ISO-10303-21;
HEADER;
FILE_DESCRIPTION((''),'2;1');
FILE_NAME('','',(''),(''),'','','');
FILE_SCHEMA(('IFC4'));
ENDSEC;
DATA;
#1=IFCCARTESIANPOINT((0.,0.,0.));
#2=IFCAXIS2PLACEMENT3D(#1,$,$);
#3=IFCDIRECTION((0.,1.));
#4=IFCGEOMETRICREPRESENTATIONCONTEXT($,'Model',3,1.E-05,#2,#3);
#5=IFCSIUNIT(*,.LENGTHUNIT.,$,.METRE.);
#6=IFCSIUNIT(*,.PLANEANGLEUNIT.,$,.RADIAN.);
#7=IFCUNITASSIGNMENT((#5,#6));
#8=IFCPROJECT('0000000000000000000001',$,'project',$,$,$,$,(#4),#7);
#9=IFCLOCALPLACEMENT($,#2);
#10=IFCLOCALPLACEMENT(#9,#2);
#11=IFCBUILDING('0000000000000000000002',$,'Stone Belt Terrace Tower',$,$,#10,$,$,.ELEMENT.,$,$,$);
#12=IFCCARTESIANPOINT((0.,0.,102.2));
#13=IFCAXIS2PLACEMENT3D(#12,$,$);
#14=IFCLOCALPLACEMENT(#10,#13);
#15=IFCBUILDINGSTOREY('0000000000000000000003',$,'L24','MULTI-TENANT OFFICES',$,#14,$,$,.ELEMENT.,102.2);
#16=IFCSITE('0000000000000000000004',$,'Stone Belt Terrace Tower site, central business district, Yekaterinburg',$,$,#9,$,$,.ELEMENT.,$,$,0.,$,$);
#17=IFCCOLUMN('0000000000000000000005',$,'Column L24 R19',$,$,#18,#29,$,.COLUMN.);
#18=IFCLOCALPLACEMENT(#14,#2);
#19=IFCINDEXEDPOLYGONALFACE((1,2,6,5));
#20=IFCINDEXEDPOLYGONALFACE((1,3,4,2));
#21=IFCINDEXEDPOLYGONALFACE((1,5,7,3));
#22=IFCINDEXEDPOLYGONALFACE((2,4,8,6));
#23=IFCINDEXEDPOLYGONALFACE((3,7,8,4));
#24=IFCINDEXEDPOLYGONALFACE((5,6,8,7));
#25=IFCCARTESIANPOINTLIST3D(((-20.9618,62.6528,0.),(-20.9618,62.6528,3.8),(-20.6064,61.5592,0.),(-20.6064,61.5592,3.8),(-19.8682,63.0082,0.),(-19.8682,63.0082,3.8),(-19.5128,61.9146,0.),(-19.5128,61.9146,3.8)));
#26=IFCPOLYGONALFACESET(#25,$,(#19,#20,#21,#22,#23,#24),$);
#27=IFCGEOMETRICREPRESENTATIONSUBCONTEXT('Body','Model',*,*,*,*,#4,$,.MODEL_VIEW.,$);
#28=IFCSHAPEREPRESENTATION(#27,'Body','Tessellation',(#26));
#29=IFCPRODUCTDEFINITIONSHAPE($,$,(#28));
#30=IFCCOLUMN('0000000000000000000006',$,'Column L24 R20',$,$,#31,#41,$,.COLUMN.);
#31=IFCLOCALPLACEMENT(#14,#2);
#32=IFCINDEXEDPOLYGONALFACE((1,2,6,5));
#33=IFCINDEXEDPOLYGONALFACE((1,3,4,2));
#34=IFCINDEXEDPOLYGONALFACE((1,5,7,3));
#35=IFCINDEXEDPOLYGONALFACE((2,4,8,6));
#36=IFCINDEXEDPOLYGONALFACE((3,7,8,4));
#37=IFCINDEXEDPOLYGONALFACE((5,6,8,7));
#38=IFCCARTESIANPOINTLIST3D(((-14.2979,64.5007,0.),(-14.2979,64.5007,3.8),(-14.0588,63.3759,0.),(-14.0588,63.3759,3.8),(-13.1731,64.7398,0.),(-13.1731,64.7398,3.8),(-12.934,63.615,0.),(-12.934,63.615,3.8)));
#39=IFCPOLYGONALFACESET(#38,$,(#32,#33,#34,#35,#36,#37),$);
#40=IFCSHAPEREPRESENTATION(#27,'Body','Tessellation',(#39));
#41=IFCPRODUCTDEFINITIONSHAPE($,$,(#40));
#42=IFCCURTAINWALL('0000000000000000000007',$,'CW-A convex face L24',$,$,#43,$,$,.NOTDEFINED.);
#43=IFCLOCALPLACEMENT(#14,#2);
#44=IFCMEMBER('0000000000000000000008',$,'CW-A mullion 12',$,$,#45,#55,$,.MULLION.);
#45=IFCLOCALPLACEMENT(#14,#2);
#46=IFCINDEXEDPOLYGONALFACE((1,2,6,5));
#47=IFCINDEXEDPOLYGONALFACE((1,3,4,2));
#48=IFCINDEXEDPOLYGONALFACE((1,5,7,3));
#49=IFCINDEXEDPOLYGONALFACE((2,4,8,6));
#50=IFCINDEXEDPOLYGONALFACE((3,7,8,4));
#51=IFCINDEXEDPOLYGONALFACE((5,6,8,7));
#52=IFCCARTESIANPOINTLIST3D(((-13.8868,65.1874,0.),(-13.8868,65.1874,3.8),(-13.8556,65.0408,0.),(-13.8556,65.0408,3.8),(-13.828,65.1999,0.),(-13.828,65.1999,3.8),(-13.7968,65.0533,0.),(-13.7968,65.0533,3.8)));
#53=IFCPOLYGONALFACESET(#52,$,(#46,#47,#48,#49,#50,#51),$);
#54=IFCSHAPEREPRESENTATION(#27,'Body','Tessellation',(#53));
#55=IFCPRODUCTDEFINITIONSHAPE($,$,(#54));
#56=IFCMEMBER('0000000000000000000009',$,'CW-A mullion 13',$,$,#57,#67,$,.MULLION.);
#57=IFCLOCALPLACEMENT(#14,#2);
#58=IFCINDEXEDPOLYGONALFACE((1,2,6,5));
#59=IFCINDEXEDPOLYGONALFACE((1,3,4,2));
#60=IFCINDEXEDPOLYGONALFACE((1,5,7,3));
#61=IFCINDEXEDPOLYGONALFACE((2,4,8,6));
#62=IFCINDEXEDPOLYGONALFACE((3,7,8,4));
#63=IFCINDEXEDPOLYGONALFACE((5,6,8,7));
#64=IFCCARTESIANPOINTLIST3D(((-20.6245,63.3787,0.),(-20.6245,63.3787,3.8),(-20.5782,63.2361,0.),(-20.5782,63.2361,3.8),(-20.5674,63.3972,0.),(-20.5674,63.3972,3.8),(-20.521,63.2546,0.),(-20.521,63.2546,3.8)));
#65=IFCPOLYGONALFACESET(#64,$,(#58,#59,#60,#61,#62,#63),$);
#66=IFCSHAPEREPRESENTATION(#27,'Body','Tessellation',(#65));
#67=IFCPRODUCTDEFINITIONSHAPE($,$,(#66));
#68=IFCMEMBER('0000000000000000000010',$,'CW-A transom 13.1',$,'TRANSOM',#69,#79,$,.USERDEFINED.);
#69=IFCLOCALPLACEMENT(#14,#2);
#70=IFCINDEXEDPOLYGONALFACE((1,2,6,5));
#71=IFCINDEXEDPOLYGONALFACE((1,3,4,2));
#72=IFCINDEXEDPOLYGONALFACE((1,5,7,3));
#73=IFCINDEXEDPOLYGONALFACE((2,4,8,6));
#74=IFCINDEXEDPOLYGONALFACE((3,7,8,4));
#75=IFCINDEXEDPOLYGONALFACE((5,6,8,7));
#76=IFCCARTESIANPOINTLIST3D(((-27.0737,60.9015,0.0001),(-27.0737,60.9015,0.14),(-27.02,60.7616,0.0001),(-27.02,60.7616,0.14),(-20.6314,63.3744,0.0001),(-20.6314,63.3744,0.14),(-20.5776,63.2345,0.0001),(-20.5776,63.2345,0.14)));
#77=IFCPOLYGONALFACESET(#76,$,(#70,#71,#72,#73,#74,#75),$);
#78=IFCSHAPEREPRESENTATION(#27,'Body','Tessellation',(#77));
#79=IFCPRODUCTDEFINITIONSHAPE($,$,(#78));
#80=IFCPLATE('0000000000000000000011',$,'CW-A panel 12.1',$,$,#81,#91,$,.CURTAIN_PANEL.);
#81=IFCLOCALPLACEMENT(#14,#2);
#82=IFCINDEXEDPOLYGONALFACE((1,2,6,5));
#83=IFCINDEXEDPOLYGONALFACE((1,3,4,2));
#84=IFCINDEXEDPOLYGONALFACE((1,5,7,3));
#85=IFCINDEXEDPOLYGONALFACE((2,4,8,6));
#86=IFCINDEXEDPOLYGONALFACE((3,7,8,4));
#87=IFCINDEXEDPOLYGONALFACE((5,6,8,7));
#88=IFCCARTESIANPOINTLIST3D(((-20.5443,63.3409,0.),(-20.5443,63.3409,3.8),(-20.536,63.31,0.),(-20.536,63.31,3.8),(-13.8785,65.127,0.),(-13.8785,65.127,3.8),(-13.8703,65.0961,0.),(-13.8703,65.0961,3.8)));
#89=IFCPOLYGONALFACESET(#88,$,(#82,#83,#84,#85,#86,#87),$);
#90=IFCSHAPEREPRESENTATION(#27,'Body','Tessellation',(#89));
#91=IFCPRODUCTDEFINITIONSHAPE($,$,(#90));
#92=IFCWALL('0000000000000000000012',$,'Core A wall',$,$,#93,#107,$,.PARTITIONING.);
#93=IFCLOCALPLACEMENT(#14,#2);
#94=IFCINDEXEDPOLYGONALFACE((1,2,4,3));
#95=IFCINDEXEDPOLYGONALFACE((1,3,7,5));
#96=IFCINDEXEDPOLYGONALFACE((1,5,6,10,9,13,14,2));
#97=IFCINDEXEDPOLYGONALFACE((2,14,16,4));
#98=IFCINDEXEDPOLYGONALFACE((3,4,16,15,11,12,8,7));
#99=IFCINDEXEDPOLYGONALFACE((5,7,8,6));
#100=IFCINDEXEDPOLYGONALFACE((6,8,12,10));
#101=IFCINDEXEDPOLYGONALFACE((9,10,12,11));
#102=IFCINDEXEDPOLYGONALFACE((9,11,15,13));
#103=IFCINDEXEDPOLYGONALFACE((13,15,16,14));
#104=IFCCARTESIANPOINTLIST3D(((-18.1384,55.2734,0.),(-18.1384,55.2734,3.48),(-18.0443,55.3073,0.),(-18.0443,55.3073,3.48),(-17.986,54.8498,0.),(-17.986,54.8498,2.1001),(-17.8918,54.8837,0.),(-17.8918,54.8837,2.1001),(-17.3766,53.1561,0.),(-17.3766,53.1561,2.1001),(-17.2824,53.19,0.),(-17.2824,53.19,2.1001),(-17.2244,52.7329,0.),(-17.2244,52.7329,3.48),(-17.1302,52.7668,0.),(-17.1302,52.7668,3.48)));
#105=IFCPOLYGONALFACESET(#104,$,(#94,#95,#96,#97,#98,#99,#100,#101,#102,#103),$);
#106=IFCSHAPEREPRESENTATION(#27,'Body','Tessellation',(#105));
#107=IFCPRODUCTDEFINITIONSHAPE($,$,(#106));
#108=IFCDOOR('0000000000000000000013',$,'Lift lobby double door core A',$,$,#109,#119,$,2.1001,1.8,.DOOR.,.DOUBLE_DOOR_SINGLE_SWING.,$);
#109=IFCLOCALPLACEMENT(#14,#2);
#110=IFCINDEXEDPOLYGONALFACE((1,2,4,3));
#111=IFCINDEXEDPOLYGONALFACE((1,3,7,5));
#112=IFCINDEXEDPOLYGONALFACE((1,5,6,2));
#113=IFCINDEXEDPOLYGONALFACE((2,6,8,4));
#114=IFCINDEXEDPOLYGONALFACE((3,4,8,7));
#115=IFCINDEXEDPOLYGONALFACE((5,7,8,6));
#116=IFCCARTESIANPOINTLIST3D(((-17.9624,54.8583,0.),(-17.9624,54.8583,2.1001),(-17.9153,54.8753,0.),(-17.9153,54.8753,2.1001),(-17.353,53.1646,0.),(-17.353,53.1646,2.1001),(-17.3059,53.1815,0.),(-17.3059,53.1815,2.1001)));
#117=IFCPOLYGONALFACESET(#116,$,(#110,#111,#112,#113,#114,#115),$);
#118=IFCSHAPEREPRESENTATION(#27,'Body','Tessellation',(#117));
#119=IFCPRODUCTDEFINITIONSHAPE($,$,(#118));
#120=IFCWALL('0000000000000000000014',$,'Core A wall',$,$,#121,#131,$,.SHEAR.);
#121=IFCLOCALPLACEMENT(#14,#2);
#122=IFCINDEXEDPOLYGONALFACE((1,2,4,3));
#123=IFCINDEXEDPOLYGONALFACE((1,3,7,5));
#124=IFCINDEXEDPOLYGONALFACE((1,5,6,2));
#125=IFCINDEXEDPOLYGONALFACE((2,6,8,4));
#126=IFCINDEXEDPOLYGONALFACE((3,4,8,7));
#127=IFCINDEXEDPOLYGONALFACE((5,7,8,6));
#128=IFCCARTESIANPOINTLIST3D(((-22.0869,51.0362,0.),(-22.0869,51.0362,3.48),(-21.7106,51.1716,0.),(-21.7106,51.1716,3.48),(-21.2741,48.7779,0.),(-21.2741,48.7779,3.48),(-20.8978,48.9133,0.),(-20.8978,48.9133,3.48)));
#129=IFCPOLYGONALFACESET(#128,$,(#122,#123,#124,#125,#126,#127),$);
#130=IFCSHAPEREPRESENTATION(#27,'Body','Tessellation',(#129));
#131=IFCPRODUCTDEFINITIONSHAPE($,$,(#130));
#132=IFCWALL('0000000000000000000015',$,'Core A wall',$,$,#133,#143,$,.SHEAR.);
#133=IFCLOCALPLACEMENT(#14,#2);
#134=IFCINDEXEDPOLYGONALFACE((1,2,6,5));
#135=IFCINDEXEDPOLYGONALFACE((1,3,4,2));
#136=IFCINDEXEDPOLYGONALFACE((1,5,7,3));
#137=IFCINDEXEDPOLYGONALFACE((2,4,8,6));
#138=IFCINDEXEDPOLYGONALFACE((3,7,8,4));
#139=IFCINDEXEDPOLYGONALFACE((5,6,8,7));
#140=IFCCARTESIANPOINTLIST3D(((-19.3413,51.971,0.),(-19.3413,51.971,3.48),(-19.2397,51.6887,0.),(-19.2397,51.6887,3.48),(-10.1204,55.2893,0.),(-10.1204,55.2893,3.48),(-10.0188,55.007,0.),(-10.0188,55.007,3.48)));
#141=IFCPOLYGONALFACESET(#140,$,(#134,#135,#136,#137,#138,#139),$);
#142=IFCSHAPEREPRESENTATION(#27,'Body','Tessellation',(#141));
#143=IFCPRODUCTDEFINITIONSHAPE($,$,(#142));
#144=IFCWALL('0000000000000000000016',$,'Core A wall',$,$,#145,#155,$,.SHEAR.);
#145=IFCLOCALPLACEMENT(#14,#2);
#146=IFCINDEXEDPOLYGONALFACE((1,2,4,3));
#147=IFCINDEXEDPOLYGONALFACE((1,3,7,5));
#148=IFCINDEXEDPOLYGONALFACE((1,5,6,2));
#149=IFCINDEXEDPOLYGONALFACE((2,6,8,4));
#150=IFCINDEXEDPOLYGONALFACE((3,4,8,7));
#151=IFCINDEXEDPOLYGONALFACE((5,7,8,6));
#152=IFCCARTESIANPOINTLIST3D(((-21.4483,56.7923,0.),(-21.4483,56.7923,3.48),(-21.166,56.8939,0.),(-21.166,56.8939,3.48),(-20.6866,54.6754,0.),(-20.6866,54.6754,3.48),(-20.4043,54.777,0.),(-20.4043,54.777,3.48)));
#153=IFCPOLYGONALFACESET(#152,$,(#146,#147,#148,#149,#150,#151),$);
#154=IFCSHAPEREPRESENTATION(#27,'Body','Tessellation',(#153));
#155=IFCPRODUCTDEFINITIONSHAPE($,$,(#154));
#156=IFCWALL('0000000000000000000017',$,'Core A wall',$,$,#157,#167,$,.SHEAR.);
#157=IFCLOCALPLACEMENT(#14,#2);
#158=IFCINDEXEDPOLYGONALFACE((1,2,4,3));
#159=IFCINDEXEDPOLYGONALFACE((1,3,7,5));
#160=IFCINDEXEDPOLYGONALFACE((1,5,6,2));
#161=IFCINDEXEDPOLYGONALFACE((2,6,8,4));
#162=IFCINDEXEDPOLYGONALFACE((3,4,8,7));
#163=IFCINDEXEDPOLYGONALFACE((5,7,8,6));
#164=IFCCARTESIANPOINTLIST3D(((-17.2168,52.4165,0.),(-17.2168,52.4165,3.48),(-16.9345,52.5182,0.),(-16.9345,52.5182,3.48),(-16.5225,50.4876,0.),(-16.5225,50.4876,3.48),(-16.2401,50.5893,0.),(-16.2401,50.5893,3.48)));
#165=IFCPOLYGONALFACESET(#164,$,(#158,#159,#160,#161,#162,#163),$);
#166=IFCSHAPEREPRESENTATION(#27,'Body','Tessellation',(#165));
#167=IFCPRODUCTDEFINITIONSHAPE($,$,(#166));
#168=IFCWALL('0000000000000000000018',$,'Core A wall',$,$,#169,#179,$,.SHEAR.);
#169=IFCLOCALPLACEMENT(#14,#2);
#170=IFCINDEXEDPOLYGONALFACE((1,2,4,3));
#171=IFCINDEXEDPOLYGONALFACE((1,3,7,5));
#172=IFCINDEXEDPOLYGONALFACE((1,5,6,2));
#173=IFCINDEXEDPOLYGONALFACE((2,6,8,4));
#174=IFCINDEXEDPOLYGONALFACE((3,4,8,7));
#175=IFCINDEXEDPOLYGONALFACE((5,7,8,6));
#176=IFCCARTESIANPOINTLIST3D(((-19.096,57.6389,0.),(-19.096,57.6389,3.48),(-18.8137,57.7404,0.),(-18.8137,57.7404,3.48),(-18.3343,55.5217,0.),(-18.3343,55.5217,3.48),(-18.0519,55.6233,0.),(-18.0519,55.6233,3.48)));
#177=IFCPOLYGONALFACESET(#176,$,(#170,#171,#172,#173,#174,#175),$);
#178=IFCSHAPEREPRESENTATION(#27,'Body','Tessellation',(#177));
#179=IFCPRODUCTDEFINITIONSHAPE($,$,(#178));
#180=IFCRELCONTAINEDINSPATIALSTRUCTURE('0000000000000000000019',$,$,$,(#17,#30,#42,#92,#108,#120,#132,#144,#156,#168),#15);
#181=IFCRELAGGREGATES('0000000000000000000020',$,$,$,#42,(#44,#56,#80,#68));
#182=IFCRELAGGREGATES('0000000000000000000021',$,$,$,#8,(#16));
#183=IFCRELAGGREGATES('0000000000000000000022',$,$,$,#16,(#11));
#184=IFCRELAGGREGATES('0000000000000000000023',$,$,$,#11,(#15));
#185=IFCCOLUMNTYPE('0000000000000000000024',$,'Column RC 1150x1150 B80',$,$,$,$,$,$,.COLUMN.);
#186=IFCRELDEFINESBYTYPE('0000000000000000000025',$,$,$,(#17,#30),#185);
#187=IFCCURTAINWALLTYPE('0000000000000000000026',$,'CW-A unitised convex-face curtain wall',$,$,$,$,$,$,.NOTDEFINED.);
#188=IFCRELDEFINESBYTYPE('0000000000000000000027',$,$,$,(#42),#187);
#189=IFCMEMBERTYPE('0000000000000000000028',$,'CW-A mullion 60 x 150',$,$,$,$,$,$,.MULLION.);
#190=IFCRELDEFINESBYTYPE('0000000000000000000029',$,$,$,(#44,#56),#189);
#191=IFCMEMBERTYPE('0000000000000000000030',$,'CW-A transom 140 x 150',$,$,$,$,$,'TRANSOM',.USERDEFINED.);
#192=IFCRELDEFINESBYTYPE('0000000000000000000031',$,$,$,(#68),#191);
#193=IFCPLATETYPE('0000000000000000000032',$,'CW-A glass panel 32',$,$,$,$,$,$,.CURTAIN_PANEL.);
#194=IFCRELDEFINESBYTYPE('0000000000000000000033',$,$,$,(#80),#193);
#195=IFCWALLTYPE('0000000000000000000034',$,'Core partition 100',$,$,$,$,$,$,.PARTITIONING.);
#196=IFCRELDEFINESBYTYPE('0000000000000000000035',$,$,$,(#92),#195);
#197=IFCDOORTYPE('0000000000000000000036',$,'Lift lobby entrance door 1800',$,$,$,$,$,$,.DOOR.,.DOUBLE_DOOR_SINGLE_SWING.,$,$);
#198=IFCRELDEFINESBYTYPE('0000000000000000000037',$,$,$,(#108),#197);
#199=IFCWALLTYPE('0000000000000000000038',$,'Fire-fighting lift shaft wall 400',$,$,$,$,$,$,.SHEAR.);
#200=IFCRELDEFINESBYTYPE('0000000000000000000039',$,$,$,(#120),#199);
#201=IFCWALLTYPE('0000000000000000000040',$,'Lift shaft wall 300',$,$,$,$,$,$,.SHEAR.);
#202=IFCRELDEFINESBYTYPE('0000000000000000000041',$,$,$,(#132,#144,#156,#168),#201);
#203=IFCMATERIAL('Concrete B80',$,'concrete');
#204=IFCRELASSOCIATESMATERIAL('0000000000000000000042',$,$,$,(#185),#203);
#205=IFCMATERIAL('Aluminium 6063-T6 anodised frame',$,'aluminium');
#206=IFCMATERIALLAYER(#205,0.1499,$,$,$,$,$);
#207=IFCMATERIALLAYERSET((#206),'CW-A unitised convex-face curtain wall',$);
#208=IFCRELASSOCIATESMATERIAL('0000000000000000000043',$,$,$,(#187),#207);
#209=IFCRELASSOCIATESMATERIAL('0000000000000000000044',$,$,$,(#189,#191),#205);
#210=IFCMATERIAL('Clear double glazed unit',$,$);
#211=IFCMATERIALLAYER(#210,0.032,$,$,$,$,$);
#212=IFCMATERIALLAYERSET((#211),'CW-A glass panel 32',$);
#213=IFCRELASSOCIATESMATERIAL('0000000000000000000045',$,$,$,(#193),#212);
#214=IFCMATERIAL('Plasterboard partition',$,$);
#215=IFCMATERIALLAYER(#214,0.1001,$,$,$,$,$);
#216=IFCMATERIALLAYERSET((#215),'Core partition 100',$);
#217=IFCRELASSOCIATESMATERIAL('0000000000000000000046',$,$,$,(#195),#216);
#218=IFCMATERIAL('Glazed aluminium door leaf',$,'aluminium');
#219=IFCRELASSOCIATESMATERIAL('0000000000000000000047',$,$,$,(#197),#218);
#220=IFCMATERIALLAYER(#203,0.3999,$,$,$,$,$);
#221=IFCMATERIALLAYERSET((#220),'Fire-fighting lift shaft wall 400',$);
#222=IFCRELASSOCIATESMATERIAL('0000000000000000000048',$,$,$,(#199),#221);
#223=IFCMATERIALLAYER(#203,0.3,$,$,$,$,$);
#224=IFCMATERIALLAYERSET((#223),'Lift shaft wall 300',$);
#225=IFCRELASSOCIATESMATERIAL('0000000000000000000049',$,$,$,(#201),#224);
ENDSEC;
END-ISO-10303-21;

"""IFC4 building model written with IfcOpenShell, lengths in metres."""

from ifc_helpers import new_model, si_unit, direction, frame, frame_2d, origin, origin_2d, place, context, subcontext, project, spatial, rectangle, extrude, material, layer, layer_set, material_profile, profile_set, type_object, element, fill, aggregate, save


model = new_model("IFC4")

# Units and contexts
model_context = context("Model", 3, precision=1e-05, world=origin(), true_north=direction((0.0, 1.0)))
body_context = subcontext(model_context, "Body", "Model", "MODEL_VIEW")
ifc_project = project(units=[si_unit("LENGTHUNIT", "METRE"), si_unit("PLANEANGLEUNIT", "RADIAN")], contexts=[model_context])

# Site, building, storey
site_placement = place(None, origin())
site = spatial("IfcSite", under=ifc_project, at=site_placement, Name="Stone Belt Terrace Tower site, central business district, Yekaterinburg", CompositionType="ELEMENT", RefElevation=0.0)
building_placement = place(site_placement, origin())
building = spatial("IfcBuilding", under=site, at=building_placement, Name="Stone Belt Terrace Tower", CompositionType="ELEMENT")
storey_placement = place(building_placement, frame((0.0, 0.0, 102.2)))
storey = spatial("IfcBuildingStorey", under=building, at=storey_placement, Name="L24", Description="MULTI-TENANT OFFICES", CompositionType="ELEMENT", Elevation=102.2)

# Columns
ifc_material_1 = material(Name="Concrete B80", Category="concrete")
ifc_material_profile_1 = material_profile(ifc_material_1, rectangle(XDim=1.1499, YDim=1.1499, at=origin_2d()), Name="RC 1150x1150")
ifc_profile_set_1 = profile_set([ifc_material_profile_1], Name="Concrete B80")
column_type = type_object("IfcColumnType", Name="Column RC 1150x1150 B80", PredefinedType="COLUMN", material=ifc_profile_set_1)
for number, where, z_axis, x_axis, name in (
    (1, (-20.2373, 62.2837, 0.0), (0.0, 0.0, 1.0), (0.951057, 0.309017, 0.0), "Column L24 R19"),
    (2, (-13.616, 64.0579, 0.0), (0.0, 0.0, 1.0), (0.978148, 0.207912, 0.0), "Column L24 R20"),
):
    element("IfcColumn", number, at=place(storey_placement, frame(where, z_axis=z_axis, x_axis=x_axis)), inside=storey, type_object=column_type, Name=name, PredefinedType="COLUMN", context=body_context, shape_type="SweptSolid", body=[
        extrude(rectangle(XDim=1.1499, YDim=1.1499, at=origin_2d()), origin(), (0.0, 0.0, 1.0), 3.8),
    ])

# Curtain wall, members, plate
ifc_material_2 = material(Name="Aluminium 6063-T6 anodised frame", Category="aluminium")
ifc_layer_1 = layer(ifc_material_2, 0.1499)
ifc_layer_set_1 = layer_set([ifc_layer_1], Name="CW-A unitised convex-face curtain wall")
curtain_wall_type = type_object("IfcCurtainWallType", Name="CW-A unitised convex-face curtain wall", PredefinedType="NOTDEFINED", material=ifc_layer_set_1)
curtain_wall_placement = place(storey_placement, origin())
curtain_wall = element("IfcCurtainWall", 3, at=curtain_wall_placement, inside=storey, type_object=curtain_wall_type, Name="CW-A convex face L24", PredefinedType="NOTDEFINED")
ifc_material_profile_2 = material_profile(ifc_material_2, rectangle(XDim=0.1499, YDim=0.0601, at=origin_2d()), Name="Aluminium 6063-T6 60x150")
ifc_profile_set_2 = profile_set([ifc_material_profile_2], Name="Aluminium 6063-T6 anodised frame")
member_type_1 = type_object("IfcMemberType", Name="CW-A mullion 60 x 150", PredefinedType="MULLION", material=ifc_profile_set_2)
member_1_placement = place(storey_placement, frame((-13.8418, 65.1204, 0.0), z_axis=(0.0, 0.0, 1.0), x_axis=(0.207912, -0.978148, 0.0)))
member_1 = element("IfcMember", 4, at=member_1_placement, type_object=member_type_1, Name="CW-A mullion 12", PredefinedType="MULLION", context=body_context, shape_type="SweptSolid", body=[
    extrude(rectangle(XDim=0.1499, YDim=0.0601, at=origin_2d()), origin(), (0.0, 0.0, 1.0), 3.8),
])
member_2_placement = place(storey_placement, frame((-20.5728, 63.3167, 0.0), z_axis=(0.0, 0.0, 1.0), x_axis=(0.309017, -0.951057, 0.0)))
member_2 = element("IfcMember", 5, at=member_2_placement, type_object=member_type_1, Name="CW-A mullion 13", PredefinedType="MULLION", context=body_context, shape_type="SweptSolid", body=[
    extrude(rectangle(XDim=0.1499, YDim=0.0601, at=origin_2d()), origin(), (0.0, 0.0, 1.0), 3.8),
])
ifc_material_profile_3 = material_profile(ifc_material_2, rectangle(XDim=0.1499, YDim=0.1399, at=origin_2d()), Name="Aluminium 6063-T6 150x140")
ifc_profile_set_3 = profile_set([ifc_material_profile_3], Name="Aluminium 6063-T6 anodised frame")
member_type_2 = type_object("IfcMemberType", Name="CW-A transom 140 x 150", ElementType="TRANSOM", PredefinedType="USERDEFINED", material=ifc_profile_set_3)
member_3_placement = place(storey_placement, frame((-20.6045, 63.3044, 0.0701), z_axis=(-0.933585, -0.358355, 0.0), x_axis=(0.358355, -0.933585, 0.0)))
member_3 = element("IfcMember", 6, at=member_3_placement, type_object=member_type_2, Name="CW-A transom 13.1", ObjectType="TRANSOM", PredefinedType="USERDEFINED", context=body_context, shape_type="SweptSolid", body=[
    extrude(rectangle(XDim=0.1499, YDim=0.1399, at=origin_2d()), origin(), (0.0, 0.0, 1.0), 6.9006),
])
ifc_material_3 = material(Name="Clear double glazed unit")
ifc_layer_2 = layer(ifc_material_3, 0.032)
ifc_layer_set_2 = layer_set([ifc_layer_2], Name="CW-A glass panel 32")
plate_type = type_object("IfcPlateType", Name="CW-A glass panel 32", PredefinedType="CURTAIN_PANEL", material=ifc_layer_set_2)
plate_placement = place(storey_placement, frame((-17.2073, 64.2185, 0.0), z_axis=(0.0, 0.0, 1.0), x_axis=(-0.965926, -0.258819, 0.0)))
plate = element("IfcPlate", 7, at=plate_placement, type_object=plate_type, Name="CW-A panel 12.1", PredefinedType="CURTAIN_PANEL", context=body_context, shape_type="SweptSolid", body=[
    extrude(rectangle(XDim=6.9009, YDim=0.032, at=origin_2d()), origin(), (0.0, 0.0, 1.0), 3.8),
])
aggregate(curtain_wall, [member_1, member_2, plate, member_3])

# Wall, opening, door
ifc_material_4 = material(Name="Plasterboard partition")
ifc_layer_3 = layer(ifc_material_4, 0.1001)
ifc_layer_set_3 = layer_set([ifc_layer_3], Name="Core partition 100")
wall_type_1 = type_object("IfcWallType", Name="Core partition 100", PredefinedType="PARTITIONING", material=ifc_layer_set_3)
wall_1_placement = place(storey_placement, frame((-17.1772, 52.7498, 0.0), z_axis=(0.0, 0.0, 1.0), x_axis=(-0.338547, 0.94095, 0.0)))
wall_1 = element("IfcWall", 8, at=wall_1_placement, inside=storey, type_object=wall_type_1, Name="Core A wall", PredefinedType="PARTITIONING", context=body_context, shape_type="SweptSolid", body=[
    extrude(rectangle(XDim=2.7, YDim=0.1001, at=frame_2d((1.3501, 0.0))), origin(), (0.0, 0.0, 1.0), 3.48),
])
opening_1_placement = place(wall_1_placement, frame((0.45, 0.0, 0.0)))
opening_1 = element("IfcOpeningElement", 9, at=opening_1_placement, cuts=wall_1, PredefinedType="OPENING", context=body_context, shape_type="SweptSolid", body=[
    extrude(rectangle(XDim=1.8, YDim=2.1001, at=frame_2d((0.8999, 1.05))), frame((0.0, 0.0601, 0.0), z_axis=(0.0, -1.0, 0.0), x_axis=(1.0, 0.0, 0.0)), (0.0, 0.0, 1.0), 0.1201),
])
ifc_material_5 = material(Name="Glazed aluminium door leaf", Category="aluminium")
door_type_1 = type_object("IfcDoorType", Name="Lift lobby entrance door 1800", OperationType="DOUBLE_DOOR_SINGLE_SWING", PredefinedType="DOOR", material=ifc_material_5)
door_1_placement = place(opening_1_placement, origin())
door_1 = element("IfcDoor", 10, at=door_1_placement, inside=storey, type_object=door_type_1, Name="Lift lobby double door core A", OperationType="DOUBLE_DOOR_SINGLE_SWING", OverallHeight=2.1001, OverallWidth=1.8, PredefinedType="DOOR", context=body_context, shape_type="SweptSolid", body=[
    extrude(rectangle(XDim=1.8, YDim=2.1001, at=frame_2d((0.8999, 1.05))), frame((0.0, 0.0249, 0.0), z_axis=(0.0, -1.0, 0.0), x_axis=(1.0, 0.0, 0.0)), (0.0, 0.0, 1.0), 0.05),
])
fill(opening_1, door_1)

# Walls
ifc_layer_4 = layer(ifc_material_1, 0.3999)
ifc_layer_set_4 = layer_set([ifc_layer_4], Name="Fire-fighting lift shaft wall 400")
wall_type_2 = type_object("IfcWallType", Name="Fire-fighting lift shaft wall 400", PredefinedType="SHEAR", material=ifc_layer_set_4)
wall_2_placement = place(storey_placement, frame((-21.0859, 48.8455, 0.0), z_axis=(0.0, 0.0, 1.0), x_axis=(-0.338629, 0.94092, 0.0)))
element("IfcWall", 11, at=wall_2_placement, inside=storey, type_object=wall_type_2, Name="Core A wall", PredefinedType="SHEAR", context=body_context, shape_type="SweptSolid", body=[
    extrude(rectangle(XDim=2.4001, YDim=0.3999, at=frame_2d((1.2002, 0.0))), origin(), (0.0, 0.0, 1.0), 3.48),
])
ifc_layer_5 = layer(ifc_material_1, 0.3)
ifc_layer_set_5 = layer_set([ifc_layer_5], Name="Lift shaft wall 300")
wall_type_3 = type_object("IfcWallType", Name="Lift shaft wall 300", PredefinedType="SHEAR", material=ifc_layer_set_5)
wall_3_placement = place(storey_placement, frame((-19.2905, 51.8298, 0.0), z_axis=(0.0, 0.0, 1.0), x_axis=(0.940926, 0.338613, 0.0)))
element("IfcWall", 12, at=wall_3_placement, inside=storey, type_object=wall_type_3, Name="Core A wall", PredefinedType="SHEAR", context=body_context, shape_type="SweptSolid", body=[
    extrude(rectangle(XDim=9.7998, YDim=0.3, at=frame_2d((4.8999, 0.0))), origin(), (0.0, 0.0, 1.0), 3.48),
])
wall_4_placement = place(storey_placement, frame((-20.5454, 54.7261, 0.0), z_axis=(0.0, 0.0, 1.0), x_axis=(-0.33857, 0.940941, 0.0)))
element("IfcWall", 13, at=wall_4_placement, inside=storey, type_object=wall_type_3, Name="Core A wall", PredefinedType="SHEAR", context=body_context, shape_type="SweptSolid", body=[
    extrude(rectangle(XDim=2.2498, YDim=0.3, at=frame_2d((1.125, 0.0))), origin(), (0.0, 0.0, 1.0), 3.48),
])
wall_5_placement = place(storey_placement, frame((-16.3813, 50.5386, 0.0), z_axis=(0.0, 0.0, 1.0), x_axis=(-0.338682, 0.940901, 0.0)))
element("IfcWall", 14, at=wall_5_placement, inside=storey, type_object=wall_type_3, Name="Core A wall", PredefinedType="SHEAR", context=body_context, shape_type="SweptSolid", body=[
    extrude(rectangle(XDim=2.05, YDim=0.3, at=frame_2d((1.0249, 0.0))), origin(), (0.0, 0.0, 1.0), 3.48),
])
wall_6_placement = place(storey_placement, frame((-18.1931, 55.5725, 0.0), z_axis=(0.0, 0.0, 1.0), x_axis=(-0.338535, 0.940954, 0.0)))
element("IfcWall", 15, at=wall_6_placement, inside=storey, type_object=wall_type_3, Name="Core A wall", PredefinedType="SHEAR", context=body_context, shape_type="SweptSolid", body=[
    extrude(rectangle(XDim=2.25, YDim=0.3, at=frame_2d((1.125, 0.0))), origin(), (0.0, 0.0, 1.0), 3.48),
])

save(model, "model.ifc")
